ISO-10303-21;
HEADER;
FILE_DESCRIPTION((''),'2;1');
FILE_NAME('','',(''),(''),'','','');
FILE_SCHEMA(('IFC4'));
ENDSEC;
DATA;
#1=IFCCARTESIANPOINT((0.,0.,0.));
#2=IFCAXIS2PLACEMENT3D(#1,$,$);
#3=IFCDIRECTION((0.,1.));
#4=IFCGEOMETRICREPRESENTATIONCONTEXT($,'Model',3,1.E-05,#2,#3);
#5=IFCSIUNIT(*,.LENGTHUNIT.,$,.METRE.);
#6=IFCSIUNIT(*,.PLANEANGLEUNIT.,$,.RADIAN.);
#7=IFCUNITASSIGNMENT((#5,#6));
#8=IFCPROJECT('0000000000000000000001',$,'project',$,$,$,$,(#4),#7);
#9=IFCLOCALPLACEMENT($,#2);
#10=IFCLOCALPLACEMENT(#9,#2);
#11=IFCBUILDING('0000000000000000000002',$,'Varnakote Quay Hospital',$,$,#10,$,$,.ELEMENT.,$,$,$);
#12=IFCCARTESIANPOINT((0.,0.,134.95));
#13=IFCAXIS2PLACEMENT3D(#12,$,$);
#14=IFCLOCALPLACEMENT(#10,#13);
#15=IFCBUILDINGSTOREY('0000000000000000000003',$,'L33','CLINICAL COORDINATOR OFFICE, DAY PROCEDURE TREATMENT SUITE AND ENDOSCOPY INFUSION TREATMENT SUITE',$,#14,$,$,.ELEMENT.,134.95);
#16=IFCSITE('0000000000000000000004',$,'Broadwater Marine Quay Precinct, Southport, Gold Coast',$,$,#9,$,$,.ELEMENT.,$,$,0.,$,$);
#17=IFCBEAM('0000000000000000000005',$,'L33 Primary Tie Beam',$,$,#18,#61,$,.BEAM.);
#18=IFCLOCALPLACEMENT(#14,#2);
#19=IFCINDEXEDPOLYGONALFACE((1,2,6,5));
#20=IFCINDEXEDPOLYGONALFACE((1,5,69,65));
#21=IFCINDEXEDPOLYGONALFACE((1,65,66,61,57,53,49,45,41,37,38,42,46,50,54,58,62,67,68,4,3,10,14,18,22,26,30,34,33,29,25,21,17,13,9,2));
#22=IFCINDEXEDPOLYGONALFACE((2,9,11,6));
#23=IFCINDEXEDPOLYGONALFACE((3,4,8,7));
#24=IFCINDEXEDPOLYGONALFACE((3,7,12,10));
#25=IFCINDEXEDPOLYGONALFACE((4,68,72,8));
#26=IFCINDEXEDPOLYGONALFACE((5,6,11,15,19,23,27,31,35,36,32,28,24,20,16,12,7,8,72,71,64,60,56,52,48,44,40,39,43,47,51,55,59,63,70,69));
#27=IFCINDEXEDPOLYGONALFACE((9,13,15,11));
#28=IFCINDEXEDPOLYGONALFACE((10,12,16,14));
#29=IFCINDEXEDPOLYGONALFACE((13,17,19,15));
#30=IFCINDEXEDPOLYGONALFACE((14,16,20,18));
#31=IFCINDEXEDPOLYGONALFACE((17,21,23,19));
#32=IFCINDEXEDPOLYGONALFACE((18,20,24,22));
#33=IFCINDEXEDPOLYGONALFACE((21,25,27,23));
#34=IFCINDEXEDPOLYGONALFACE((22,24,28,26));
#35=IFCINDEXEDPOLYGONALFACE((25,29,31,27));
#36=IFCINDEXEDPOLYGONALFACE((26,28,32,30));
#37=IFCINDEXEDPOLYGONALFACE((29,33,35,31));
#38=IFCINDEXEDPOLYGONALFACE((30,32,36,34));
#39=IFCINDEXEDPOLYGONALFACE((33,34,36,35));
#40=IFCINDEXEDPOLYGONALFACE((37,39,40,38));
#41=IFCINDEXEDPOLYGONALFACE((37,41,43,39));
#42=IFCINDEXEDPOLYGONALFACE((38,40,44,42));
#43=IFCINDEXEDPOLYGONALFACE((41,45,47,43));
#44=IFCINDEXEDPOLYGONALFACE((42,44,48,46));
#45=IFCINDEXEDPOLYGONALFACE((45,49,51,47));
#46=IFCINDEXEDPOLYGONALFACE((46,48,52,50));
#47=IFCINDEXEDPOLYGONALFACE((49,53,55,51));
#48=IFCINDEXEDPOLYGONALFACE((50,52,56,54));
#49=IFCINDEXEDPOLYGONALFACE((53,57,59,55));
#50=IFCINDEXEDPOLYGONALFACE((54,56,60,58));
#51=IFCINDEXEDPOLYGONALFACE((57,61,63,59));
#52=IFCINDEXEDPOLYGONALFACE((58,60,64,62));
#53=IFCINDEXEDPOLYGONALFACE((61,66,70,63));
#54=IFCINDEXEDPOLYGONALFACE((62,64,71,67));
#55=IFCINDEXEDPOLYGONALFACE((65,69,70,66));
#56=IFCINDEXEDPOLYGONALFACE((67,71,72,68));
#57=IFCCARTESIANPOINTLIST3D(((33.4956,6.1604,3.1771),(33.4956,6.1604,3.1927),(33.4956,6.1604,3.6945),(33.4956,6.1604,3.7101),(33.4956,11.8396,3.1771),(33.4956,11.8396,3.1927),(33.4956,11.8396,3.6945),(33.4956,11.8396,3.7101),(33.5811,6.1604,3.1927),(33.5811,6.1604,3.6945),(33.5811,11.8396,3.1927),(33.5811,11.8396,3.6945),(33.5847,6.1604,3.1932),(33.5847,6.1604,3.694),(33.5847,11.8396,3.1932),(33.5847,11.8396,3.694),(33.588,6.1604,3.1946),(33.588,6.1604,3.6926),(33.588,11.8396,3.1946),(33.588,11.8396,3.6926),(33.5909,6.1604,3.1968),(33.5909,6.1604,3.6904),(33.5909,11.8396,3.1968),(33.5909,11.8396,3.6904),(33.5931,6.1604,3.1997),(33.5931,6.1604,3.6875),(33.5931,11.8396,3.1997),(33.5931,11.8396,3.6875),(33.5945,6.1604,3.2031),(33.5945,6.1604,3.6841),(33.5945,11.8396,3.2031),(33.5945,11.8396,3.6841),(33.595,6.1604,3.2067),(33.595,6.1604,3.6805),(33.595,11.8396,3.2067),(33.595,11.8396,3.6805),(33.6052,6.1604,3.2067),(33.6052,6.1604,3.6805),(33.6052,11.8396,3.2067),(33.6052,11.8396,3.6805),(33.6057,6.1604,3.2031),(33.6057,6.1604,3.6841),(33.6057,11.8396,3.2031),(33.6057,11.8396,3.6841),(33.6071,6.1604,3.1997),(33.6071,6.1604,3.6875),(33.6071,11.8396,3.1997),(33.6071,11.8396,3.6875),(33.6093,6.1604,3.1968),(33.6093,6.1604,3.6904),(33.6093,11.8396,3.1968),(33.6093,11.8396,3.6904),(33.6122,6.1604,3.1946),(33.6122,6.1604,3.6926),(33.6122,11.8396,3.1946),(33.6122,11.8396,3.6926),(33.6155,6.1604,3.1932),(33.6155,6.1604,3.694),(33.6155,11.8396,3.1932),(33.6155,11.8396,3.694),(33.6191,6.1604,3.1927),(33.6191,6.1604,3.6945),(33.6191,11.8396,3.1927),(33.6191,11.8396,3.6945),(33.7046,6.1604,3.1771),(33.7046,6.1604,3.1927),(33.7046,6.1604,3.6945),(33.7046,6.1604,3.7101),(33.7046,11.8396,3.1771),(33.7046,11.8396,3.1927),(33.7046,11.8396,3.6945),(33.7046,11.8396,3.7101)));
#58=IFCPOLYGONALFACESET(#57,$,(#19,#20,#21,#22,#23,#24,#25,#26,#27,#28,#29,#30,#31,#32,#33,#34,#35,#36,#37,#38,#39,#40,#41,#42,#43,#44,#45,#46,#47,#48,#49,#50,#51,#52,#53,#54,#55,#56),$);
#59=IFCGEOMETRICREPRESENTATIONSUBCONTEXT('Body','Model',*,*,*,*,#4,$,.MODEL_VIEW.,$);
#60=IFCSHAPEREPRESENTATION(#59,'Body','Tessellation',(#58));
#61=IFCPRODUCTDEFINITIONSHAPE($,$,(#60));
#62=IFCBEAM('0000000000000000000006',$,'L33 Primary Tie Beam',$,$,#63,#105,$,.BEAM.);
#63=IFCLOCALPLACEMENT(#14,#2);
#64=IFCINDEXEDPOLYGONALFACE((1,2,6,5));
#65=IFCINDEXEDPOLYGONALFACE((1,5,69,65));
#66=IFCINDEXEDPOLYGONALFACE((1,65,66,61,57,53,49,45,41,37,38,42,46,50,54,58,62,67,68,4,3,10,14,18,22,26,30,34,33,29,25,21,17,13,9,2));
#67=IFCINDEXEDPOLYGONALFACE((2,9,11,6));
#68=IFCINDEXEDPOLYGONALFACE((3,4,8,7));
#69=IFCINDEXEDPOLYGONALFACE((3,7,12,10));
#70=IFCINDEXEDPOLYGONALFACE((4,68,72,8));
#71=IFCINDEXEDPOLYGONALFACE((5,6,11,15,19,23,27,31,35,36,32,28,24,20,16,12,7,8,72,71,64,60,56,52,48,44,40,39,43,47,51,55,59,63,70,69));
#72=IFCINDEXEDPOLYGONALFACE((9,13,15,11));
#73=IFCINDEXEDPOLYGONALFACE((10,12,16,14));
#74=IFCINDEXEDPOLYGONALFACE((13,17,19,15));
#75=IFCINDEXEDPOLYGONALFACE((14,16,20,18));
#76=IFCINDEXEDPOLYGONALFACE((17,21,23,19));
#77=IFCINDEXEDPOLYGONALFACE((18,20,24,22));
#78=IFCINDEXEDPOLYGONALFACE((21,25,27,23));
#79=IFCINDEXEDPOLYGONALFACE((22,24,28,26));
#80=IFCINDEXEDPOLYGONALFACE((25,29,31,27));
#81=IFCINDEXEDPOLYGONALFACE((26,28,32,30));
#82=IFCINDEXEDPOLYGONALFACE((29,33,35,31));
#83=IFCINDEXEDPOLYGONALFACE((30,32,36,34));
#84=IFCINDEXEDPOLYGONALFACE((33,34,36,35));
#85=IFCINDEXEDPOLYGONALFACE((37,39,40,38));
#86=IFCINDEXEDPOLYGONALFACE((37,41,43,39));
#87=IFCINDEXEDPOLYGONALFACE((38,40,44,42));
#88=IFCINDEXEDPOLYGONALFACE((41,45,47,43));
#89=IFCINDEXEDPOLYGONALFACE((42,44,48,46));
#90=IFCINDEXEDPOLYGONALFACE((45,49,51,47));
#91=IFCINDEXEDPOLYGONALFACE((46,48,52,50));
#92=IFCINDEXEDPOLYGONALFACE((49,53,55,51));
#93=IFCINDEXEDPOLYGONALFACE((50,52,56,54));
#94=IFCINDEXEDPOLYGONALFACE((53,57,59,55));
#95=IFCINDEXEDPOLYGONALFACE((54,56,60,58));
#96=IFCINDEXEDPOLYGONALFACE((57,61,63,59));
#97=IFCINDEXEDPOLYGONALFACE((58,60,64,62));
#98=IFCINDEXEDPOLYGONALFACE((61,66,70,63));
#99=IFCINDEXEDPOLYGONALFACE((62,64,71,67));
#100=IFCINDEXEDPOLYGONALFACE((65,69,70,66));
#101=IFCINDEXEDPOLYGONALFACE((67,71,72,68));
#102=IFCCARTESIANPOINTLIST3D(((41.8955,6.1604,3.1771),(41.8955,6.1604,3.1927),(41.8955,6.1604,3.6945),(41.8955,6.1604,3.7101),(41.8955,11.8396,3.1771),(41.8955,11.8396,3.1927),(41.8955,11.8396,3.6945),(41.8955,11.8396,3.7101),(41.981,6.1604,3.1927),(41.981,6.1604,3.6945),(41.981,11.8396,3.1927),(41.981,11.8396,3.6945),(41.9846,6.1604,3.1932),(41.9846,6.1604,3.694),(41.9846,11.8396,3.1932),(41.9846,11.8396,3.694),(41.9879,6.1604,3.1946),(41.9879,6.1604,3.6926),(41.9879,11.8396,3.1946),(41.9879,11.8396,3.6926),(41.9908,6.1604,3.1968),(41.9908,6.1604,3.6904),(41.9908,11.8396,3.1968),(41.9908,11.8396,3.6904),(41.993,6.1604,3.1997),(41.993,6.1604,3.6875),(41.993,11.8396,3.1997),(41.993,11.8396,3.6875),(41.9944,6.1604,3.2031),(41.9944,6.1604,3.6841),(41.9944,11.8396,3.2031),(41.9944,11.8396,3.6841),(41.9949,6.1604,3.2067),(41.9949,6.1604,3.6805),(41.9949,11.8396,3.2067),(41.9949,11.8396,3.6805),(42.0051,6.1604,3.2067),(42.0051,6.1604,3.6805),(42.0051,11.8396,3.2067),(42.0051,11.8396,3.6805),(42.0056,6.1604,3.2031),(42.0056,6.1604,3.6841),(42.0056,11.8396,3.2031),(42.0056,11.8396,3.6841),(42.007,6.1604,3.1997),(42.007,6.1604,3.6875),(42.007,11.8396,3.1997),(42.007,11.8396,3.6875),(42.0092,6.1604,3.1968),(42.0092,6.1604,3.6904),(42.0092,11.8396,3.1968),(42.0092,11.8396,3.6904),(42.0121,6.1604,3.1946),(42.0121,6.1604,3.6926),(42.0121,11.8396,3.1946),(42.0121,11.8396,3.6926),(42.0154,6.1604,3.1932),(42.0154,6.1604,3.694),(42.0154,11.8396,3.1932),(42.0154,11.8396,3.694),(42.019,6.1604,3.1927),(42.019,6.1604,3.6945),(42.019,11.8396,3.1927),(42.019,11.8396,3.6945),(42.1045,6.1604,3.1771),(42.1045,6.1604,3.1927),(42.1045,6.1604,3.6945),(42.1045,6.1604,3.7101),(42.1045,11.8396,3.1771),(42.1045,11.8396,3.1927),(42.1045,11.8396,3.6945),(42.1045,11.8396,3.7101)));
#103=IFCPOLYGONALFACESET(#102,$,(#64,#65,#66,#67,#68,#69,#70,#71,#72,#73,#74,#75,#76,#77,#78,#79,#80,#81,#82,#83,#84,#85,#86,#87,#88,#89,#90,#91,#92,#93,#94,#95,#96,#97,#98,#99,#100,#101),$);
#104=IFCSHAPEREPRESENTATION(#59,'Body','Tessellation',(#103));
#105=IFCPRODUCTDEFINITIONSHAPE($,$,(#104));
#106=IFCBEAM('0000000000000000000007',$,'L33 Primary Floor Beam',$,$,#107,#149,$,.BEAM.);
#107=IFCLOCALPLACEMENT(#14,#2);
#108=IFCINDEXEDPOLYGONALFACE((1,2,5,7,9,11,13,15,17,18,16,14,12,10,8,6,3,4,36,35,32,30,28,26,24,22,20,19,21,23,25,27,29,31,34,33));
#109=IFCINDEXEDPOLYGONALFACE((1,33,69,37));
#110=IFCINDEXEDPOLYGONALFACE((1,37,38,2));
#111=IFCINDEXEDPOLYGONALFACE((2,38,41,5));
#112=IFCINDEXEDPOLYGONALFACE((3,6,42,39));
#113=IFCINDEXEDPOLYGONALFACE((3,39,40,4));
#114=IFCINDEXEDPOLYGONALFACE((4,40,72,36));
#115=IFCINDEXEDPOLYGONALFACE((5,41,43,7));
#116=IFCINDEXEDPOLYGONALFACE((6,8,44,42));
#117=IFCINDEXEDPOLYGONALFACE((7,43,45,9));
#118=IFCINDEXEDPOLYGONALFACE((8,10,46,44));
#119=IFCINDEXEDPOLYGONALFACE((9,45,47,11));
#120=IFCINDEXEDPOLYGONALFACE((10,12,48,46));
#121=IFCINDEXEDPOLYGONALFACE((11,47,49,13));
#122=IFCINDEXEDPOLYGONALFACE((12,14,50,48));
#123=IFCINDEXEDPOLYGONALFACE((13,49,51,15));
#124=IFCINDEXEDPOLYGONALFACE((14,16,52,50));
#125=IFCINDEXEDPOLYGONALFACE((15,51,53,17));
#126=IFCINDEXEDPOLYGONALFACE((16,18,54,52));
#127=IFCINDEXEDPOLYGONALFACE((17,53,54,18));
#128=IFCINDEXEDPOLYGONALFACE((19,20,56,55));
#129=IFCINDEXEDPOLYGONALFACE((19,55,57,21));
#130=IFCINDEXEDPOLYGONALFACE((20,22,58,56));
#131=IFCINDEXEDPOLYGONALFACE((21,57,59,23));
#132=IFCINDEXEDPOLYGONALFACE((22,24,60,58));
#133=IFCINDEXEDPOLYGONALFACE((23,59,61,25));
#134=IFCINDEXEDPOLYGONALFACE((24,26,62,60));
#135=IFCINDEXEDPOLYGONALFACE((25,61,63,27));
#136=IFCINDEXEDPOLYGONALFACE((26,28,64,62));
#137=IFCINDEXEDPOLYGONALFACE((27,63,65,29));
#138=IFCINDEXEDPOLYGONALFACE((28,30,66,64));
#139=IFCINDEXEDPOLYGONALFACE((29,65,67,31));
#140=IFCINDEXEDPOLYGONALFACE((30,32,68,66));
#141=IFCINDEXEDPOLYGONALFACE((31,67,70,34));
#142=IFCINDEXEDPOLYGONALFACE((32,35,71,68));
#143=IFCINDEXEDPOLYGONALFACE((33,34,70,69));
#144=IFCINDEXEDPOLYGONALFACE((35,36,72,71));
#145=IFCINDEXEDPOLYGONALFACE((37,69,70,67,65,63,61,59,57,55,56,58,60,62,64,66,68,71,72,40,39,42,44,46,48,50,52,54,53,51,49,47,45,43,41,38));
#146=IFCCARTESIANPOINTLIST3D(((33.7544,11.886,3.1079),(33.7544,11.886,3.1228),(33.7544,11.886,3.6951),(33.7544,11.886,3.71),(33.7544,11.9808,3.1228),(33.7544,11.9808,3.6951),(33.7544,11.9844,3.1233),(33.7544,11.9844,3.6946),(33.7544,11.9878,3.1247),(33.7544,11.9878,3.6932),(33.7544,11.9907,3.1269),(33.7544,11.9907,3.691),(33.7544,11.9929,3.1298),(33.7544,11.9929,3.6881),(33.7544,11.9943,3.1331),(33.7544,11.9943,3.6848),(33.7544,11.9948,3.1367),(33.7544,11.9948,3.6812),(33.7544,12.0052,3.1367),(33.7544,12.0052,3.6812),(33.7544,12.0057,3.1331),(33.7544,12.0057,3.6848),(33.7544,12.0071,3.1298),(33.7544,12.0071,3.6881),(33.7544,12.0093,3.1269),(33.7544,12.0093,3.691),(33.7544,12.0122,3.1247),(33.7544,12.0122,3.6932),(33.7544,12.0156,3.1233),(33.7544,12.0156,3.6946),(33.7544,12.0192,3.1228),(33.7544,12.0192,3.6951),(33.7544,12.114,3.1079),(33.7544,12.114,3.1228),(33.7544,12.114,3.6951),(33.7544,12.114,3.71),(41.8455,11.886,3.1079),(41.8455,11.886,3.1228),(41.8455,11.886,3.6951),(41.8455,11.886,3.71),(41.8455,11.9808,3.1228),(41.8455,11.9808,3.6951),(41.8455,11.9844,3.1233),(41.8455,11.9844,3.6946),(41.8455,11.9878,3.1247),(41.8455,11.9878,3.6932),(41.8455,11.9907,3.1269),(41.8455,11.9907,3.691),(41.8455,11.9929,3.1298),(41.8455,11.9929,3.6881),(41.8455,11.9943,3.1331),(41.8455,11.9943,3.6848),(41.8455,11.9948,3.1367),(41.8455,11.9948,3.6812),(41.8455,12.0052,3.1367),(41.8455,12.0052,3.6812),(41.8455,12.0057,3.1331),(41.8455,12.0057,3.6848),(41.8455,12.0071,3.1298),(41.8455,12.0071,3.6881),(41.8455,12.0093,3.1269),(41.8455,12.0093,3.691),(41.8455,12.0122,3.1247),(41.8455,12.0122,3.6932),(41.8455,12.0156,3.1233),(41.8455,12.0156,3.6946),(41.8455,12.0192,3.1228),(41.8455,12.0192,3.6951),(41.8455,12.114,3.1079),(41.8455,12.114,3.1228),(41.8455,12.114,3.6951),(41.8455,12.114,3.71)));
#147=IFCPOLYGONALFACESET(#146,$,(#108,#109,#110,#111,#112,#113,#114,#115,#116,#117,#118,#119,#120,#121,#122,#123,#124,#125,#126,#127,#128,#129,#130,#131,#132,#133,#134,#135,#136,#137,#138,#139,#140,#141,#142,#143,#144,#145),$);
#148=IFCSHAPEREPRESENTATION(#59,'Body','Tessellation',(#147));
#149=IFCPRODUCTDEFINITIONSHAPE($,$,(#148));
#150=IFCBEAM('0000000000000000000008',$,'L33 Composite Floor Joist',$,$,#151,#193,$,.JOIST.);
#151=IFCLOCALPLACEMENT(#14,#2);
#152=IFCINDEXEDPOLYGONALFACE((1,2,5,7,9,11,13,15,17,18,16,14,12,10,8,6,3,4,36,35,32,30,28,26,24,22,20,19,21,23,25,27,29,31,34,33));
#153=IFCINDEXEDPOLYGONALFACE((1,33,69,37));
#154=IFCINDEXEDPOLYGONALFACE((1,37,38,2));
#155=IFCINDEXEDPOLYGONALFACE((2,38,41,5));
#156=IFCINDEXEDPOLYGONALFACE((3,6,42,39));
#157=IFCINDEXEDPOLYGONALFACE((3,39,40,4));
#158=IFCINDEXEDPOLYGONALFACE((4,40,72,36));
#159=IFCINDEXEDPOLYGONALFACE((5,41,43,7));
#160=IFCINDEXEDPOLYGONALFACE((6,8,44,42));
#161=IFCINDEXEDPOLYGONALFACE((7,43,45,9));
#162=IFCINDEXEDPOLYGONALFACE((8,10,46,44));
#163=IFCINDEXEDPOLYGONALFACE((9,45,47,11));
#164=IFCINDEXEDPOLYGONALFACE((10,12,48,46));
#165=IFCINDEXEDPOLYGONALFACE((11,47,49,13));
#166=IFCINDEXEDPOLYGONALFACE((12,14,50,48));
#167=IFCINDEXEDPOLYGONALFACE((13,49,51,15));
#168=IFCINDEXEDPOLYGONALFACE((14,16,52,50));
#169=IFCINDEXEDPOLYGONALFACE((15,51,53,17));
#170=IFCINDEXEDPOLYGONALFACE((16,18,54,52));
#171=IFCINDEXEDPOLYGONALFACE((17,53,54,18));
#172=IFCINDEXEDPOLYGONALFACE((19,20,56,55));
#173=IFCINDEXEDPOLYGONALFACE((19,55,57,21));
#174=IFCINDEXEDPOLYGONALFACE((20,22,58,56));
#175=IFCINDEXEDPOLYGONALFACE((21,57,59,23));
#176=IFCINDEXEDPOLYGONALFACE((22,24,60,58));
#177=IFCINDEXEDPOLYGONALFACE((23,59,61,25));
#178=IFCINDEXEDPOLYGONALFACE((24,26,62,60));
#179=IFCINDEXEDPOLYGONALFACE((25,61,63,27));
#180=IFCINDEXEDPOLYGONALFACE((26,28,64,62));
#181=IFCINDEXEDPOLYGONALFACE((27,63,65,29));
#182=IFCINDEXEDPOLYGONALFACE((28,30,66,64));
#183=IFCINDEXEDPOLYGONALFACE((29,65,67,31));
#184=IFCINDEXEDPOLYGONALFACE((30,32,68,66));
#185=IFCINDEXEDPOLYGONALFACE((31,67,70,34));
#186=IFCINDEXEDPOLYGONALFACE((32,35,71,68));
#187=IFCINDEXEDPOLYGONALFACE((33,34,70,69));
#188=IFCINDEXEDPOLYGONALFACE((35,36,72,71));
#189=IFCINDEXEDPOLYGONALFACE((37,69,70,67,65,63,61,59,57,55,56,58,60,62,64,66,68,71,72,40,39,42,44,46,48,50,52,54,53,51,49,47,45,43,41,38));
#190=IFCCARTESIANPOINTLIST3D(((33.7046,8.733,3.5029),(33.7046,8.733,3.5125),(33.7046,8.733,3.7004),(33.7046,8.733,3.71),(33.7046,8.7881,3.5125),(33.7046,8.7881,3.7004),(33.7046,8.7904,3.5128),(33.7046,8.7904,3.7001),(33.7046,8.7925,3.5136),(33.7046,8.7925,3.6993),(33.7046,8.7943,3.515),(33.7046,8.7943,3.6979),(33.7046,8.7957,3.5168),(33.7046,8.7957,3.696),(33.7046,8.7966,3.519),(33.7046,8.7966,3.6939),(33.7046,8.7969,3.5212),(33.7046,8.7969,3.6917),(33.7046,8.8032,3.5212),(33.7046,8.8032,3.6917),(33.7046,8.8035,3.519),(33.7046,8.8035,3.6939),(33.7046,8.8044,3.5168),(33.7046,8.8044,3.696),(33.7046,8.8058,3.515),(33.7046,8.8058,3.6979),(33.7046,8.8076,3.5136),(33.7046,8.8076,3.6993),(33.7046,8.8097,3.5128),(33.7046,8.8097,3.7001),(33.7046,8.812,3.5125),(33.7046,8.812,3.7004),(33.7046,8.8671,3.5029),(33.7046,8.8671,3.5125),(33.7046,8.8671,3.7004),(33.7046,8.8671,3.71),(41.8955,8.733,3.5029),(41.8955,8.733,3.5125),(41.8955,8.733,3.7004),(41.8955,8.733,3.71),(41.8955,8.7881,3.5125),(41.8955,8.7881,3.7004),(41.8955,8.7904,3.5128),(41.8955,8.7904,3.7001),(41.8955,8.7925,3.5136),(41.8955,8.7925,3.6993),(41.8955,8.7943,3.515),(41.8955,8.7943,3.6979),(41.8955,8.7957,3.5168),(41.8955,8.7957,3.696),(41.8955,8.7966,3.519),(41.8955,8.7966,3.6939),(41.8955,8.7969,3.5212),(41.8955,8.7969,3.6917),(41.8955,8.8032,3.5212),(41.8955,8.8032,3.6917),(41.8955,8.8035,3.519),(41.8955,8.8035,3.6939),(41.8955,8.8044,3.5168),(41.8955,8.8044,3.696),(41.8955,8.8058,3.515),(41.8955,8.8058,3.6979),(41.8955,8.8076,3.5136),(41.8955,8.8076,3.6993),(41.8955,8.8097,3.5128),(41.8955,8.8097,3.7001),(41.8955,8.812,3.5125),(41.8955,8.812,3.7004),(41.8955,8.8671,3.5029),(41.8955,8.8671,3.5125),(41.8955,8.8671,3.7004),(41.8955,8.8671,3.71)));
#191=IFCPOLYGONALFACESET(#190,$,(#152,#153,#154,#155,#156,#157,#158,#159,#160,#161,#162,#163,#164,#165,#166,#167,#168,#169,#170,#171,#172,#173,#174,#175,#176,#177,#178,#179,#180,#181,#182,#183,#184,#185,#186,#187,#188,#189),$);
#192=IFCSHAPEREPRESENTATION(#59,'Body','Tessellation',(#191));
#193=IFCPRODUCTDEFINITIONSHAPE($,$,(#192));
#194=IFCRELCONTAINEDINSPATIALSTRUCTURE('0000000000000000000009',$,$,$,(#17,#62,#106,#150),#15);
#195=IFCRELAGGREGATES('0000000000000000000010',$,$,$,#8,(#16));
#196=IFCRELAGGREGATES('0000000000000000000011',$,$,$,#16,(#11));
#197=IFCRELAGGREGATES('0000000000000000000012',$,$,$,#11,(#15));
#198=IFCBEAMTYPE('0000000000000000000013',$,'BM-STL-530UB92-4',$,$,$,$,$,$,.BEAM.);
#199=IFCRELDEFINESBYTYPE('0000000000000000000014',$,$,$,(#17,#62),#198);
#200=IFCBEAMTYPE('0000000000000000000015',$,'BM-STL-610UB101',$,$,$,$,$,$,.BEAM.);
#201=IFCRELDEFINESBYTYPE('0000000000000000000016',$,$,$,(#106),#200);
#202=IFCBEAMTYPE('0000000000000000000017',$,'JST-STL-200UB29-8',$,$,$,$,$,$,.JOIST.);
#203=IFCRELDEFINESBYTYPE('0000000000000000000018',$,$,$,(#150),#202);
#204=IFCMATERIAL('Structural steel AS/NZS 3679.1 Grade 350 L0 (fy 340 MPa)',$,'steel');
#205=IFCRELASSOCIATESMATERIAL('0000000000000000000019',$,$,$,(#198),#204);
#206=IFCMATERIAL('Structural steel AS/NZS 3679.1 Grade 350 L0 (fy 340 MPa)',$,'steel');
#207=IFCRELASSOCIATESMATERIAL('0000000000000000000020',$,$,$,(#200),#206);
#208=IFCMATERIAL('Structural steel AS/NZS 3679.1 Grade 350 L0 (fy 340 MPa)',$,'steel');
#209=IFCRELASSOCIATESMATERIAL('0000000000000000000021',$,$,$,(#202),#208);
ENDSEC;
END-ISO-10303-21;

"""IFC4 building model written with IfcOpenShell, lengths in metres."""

from ifc_helpers import new_model, si_unit, direction, frame, origin, origin_2d, place, context, subcontext, project, spatial, i_section, extrude, material, material_profile, profile_set, type_object, element, save


model = new_model("IFC4")

# Units and contexts
model_context = context("Model", 3, precision=1e-05, world=origin(), true_north=direction((0.0, 1.0)))
body_context = subcontext(model_context, "Body", "Model", "MODEL_VIEW")
ifc_project = project(units=[si_unit("LENGTHUNIT", "METRE"), si_unit("PLANEANGLEUNIT", "RADIAN")], contexts=[model_context])

# Site, building, storey
site_placement = place(None, origin())
site = spatial("IfcSite", under=ifc_project, at=site_placement, Name="Broadwater Marine Quay Precinct, Southport, Gold Coast", CompositionType="ELEMENT", RefElevation=0.0)
building_placement = place(site_placement, origin())
building = spatial("IfcBuilding", under=site, at=building_placement, Name="Varnakote Quay Hospital", CompositionType="ELEMENT")
storey_placement = place(building_placement, frame((0.0, 0.0, 134.95)))
storey = spatial("IfcBuildingStorey", under=building, at=storey_placement, Name="L33", Description="CLINICAL COORDINATOR OFFICE, DAY PROCEDURE TREATMENT SUITE AND ENDOSCOPY INFUSION TREATMENT SUITE", CompositionType="ELEMENT", Elevation=134.95)

# Beams
ifc_material_1 = material(Name="Structural steel AS/NZS 3679.1 Grade 350 L0 (fy 340 MPa)", Category="steel")
ifc_material_profile_1 = material_profile(ifc_material_1, i_section(OverallWidth=0.209, OverallDepth=0.533, WebThickness=0.0103, FlangeThickness=0.0156, FilletRadius=0.0139, at=origin_2d()), Name="530UB92.4")
ifc_profile_set_1 = profile_set([ifc_material_profile_1], Name="Structural steel AS/NZS 3679.1 Grade 350 L0 (fy 340 MPa)")
beam_type_1 = type_object("IfcBeamType", Name="BM-STL-530UB92-4", PredefinedType="BEAM", material=ifc_profile_set_1)
for number, where, z_axis, x_axis, name in (
    (1, (33.6001, 6.1604, 3.4436), (0.0, 1.0, 0.0), (-1.0, 0.0, 0.0), "L33 Primary Tie Beam"),
    (2, (42.0, 6.1604, 3.4436), (0.0, 1.0, 0.0), (-1.0, 0.0, 0.0), "L33 Primary Tie Beam"),
):
    element("IfcBeam", number, at=place(storey_placement, frame(where, z_axis=z_axis, x_axis=x_axis)), inside=storey, type_object=beam_type_1, Name=name, PredefinedType="BEAM", context=body_context, shape_type="SweptSolid", body=[
        extrude(i_section(OverallWidth=0.209, OverallDepth=0.533, WebThickness=0.0103, FlangeThickness=0.0156, FilletRadius=0.0139, at=origin_2d()), origin(), (0.0, 0.0, 1.0), 5.6792),
    ])
ifc_material_2 = material(Name="Structural steel AS/NZS 3679.1 Grade 350 L0 (fy 340 MPa)", Category="steel")
ifc_material_profile_2 = material_profile(ifc_material_2, i_section(OverallWidth=0.228, OverallDepth=0.6021, WebThickness=0.0105, FlangeThickness=0.0149, FilletRadius=0.0139, at=origin_2d()), Name="610UB101")
ifc_profile_set_2 = profile_set([ifc_material_profile_2], Name="Structural steel AS/NZS 3679.1 Grade 350 L0 (fy 340 MPa)")
beam_type_2 = type_object("IfcBeamType", Name="BM-STL-610UB101", PredefinedType="BEAM", material=ifc_profile_set_2)
beam_1_placement = place(storey_placement, frame((33.7544, 12.0, 3.4089), z_axis=(1.0, 0.0, 0.0), x_axis=(0.0, 1.0, 0.0)))
element("IfcBeam", 3, at=beam_1_placement, inside=storey, type_object=beam_type_2, Name="L33 Primary Floor Beam", PredefinedType="BEAM", context=body_context, shape_type="SweptSolid", body=[
    extrude(i_section(OverallWidth=0.228, OverallDepth=0.6021, WebThickness=0.0105, FlangeThickness=0.0149, FilletRadius=0.0139, at=origin_2d()), origin(), (0.0, 0.0, 1.0), 8.0911),
])
ifc_material_3 = material(Name="Structural steel AS/NZS 3679.1 Grade 350 L0 (fy 340 MPa)", Category="steel")
ifc_material_profile_3 = material_profile(ifc_material_3, i_section(OverallWidth=0.134, OverallDepth=0.207, WebThickness=0.0063, FlangeThickness=0.0095, FilletRadius=0.0088, at=origin_2d()), Name="200UB29.8")
ifc_profile_set_3 = profile_set([ifc_material_profile_3], Name="Structural steel AS/NZS 3679.1 Grade 350 L0 (fy 340 MPa)")
beam_type_3 = type_object("IfcBeamType", Name="JST-STL-200UB29-8", PredefinedType="JOIST", material=ifc_profile_set_3)
beam_2_placement = place(storey_placement, frame((33.7046, 8.8, 3.6064), z_axis=(1.0, 0.0, 0.0), x_axis=(0.0, 1.0, 0.0)))
element("IfcBeam", 4, at=beam_2_placement, inside=storey, type_object=beam_type_3, Name="L33 Composite Floor Joist", PredefinedType="JOIST", context=body_context, shape_type="SweptSolid", body=[
    extrude(i_section(OverallWidth=0.134, OverallDepth=0.207, WebThickness=0.0063, FlangeThickness=0.0095, FilletRadius=0.0088, at=origin_2d()), origin(), (0.0, 0.0, 1.0), 8.1909),
])

save(model, "model.ifc")
